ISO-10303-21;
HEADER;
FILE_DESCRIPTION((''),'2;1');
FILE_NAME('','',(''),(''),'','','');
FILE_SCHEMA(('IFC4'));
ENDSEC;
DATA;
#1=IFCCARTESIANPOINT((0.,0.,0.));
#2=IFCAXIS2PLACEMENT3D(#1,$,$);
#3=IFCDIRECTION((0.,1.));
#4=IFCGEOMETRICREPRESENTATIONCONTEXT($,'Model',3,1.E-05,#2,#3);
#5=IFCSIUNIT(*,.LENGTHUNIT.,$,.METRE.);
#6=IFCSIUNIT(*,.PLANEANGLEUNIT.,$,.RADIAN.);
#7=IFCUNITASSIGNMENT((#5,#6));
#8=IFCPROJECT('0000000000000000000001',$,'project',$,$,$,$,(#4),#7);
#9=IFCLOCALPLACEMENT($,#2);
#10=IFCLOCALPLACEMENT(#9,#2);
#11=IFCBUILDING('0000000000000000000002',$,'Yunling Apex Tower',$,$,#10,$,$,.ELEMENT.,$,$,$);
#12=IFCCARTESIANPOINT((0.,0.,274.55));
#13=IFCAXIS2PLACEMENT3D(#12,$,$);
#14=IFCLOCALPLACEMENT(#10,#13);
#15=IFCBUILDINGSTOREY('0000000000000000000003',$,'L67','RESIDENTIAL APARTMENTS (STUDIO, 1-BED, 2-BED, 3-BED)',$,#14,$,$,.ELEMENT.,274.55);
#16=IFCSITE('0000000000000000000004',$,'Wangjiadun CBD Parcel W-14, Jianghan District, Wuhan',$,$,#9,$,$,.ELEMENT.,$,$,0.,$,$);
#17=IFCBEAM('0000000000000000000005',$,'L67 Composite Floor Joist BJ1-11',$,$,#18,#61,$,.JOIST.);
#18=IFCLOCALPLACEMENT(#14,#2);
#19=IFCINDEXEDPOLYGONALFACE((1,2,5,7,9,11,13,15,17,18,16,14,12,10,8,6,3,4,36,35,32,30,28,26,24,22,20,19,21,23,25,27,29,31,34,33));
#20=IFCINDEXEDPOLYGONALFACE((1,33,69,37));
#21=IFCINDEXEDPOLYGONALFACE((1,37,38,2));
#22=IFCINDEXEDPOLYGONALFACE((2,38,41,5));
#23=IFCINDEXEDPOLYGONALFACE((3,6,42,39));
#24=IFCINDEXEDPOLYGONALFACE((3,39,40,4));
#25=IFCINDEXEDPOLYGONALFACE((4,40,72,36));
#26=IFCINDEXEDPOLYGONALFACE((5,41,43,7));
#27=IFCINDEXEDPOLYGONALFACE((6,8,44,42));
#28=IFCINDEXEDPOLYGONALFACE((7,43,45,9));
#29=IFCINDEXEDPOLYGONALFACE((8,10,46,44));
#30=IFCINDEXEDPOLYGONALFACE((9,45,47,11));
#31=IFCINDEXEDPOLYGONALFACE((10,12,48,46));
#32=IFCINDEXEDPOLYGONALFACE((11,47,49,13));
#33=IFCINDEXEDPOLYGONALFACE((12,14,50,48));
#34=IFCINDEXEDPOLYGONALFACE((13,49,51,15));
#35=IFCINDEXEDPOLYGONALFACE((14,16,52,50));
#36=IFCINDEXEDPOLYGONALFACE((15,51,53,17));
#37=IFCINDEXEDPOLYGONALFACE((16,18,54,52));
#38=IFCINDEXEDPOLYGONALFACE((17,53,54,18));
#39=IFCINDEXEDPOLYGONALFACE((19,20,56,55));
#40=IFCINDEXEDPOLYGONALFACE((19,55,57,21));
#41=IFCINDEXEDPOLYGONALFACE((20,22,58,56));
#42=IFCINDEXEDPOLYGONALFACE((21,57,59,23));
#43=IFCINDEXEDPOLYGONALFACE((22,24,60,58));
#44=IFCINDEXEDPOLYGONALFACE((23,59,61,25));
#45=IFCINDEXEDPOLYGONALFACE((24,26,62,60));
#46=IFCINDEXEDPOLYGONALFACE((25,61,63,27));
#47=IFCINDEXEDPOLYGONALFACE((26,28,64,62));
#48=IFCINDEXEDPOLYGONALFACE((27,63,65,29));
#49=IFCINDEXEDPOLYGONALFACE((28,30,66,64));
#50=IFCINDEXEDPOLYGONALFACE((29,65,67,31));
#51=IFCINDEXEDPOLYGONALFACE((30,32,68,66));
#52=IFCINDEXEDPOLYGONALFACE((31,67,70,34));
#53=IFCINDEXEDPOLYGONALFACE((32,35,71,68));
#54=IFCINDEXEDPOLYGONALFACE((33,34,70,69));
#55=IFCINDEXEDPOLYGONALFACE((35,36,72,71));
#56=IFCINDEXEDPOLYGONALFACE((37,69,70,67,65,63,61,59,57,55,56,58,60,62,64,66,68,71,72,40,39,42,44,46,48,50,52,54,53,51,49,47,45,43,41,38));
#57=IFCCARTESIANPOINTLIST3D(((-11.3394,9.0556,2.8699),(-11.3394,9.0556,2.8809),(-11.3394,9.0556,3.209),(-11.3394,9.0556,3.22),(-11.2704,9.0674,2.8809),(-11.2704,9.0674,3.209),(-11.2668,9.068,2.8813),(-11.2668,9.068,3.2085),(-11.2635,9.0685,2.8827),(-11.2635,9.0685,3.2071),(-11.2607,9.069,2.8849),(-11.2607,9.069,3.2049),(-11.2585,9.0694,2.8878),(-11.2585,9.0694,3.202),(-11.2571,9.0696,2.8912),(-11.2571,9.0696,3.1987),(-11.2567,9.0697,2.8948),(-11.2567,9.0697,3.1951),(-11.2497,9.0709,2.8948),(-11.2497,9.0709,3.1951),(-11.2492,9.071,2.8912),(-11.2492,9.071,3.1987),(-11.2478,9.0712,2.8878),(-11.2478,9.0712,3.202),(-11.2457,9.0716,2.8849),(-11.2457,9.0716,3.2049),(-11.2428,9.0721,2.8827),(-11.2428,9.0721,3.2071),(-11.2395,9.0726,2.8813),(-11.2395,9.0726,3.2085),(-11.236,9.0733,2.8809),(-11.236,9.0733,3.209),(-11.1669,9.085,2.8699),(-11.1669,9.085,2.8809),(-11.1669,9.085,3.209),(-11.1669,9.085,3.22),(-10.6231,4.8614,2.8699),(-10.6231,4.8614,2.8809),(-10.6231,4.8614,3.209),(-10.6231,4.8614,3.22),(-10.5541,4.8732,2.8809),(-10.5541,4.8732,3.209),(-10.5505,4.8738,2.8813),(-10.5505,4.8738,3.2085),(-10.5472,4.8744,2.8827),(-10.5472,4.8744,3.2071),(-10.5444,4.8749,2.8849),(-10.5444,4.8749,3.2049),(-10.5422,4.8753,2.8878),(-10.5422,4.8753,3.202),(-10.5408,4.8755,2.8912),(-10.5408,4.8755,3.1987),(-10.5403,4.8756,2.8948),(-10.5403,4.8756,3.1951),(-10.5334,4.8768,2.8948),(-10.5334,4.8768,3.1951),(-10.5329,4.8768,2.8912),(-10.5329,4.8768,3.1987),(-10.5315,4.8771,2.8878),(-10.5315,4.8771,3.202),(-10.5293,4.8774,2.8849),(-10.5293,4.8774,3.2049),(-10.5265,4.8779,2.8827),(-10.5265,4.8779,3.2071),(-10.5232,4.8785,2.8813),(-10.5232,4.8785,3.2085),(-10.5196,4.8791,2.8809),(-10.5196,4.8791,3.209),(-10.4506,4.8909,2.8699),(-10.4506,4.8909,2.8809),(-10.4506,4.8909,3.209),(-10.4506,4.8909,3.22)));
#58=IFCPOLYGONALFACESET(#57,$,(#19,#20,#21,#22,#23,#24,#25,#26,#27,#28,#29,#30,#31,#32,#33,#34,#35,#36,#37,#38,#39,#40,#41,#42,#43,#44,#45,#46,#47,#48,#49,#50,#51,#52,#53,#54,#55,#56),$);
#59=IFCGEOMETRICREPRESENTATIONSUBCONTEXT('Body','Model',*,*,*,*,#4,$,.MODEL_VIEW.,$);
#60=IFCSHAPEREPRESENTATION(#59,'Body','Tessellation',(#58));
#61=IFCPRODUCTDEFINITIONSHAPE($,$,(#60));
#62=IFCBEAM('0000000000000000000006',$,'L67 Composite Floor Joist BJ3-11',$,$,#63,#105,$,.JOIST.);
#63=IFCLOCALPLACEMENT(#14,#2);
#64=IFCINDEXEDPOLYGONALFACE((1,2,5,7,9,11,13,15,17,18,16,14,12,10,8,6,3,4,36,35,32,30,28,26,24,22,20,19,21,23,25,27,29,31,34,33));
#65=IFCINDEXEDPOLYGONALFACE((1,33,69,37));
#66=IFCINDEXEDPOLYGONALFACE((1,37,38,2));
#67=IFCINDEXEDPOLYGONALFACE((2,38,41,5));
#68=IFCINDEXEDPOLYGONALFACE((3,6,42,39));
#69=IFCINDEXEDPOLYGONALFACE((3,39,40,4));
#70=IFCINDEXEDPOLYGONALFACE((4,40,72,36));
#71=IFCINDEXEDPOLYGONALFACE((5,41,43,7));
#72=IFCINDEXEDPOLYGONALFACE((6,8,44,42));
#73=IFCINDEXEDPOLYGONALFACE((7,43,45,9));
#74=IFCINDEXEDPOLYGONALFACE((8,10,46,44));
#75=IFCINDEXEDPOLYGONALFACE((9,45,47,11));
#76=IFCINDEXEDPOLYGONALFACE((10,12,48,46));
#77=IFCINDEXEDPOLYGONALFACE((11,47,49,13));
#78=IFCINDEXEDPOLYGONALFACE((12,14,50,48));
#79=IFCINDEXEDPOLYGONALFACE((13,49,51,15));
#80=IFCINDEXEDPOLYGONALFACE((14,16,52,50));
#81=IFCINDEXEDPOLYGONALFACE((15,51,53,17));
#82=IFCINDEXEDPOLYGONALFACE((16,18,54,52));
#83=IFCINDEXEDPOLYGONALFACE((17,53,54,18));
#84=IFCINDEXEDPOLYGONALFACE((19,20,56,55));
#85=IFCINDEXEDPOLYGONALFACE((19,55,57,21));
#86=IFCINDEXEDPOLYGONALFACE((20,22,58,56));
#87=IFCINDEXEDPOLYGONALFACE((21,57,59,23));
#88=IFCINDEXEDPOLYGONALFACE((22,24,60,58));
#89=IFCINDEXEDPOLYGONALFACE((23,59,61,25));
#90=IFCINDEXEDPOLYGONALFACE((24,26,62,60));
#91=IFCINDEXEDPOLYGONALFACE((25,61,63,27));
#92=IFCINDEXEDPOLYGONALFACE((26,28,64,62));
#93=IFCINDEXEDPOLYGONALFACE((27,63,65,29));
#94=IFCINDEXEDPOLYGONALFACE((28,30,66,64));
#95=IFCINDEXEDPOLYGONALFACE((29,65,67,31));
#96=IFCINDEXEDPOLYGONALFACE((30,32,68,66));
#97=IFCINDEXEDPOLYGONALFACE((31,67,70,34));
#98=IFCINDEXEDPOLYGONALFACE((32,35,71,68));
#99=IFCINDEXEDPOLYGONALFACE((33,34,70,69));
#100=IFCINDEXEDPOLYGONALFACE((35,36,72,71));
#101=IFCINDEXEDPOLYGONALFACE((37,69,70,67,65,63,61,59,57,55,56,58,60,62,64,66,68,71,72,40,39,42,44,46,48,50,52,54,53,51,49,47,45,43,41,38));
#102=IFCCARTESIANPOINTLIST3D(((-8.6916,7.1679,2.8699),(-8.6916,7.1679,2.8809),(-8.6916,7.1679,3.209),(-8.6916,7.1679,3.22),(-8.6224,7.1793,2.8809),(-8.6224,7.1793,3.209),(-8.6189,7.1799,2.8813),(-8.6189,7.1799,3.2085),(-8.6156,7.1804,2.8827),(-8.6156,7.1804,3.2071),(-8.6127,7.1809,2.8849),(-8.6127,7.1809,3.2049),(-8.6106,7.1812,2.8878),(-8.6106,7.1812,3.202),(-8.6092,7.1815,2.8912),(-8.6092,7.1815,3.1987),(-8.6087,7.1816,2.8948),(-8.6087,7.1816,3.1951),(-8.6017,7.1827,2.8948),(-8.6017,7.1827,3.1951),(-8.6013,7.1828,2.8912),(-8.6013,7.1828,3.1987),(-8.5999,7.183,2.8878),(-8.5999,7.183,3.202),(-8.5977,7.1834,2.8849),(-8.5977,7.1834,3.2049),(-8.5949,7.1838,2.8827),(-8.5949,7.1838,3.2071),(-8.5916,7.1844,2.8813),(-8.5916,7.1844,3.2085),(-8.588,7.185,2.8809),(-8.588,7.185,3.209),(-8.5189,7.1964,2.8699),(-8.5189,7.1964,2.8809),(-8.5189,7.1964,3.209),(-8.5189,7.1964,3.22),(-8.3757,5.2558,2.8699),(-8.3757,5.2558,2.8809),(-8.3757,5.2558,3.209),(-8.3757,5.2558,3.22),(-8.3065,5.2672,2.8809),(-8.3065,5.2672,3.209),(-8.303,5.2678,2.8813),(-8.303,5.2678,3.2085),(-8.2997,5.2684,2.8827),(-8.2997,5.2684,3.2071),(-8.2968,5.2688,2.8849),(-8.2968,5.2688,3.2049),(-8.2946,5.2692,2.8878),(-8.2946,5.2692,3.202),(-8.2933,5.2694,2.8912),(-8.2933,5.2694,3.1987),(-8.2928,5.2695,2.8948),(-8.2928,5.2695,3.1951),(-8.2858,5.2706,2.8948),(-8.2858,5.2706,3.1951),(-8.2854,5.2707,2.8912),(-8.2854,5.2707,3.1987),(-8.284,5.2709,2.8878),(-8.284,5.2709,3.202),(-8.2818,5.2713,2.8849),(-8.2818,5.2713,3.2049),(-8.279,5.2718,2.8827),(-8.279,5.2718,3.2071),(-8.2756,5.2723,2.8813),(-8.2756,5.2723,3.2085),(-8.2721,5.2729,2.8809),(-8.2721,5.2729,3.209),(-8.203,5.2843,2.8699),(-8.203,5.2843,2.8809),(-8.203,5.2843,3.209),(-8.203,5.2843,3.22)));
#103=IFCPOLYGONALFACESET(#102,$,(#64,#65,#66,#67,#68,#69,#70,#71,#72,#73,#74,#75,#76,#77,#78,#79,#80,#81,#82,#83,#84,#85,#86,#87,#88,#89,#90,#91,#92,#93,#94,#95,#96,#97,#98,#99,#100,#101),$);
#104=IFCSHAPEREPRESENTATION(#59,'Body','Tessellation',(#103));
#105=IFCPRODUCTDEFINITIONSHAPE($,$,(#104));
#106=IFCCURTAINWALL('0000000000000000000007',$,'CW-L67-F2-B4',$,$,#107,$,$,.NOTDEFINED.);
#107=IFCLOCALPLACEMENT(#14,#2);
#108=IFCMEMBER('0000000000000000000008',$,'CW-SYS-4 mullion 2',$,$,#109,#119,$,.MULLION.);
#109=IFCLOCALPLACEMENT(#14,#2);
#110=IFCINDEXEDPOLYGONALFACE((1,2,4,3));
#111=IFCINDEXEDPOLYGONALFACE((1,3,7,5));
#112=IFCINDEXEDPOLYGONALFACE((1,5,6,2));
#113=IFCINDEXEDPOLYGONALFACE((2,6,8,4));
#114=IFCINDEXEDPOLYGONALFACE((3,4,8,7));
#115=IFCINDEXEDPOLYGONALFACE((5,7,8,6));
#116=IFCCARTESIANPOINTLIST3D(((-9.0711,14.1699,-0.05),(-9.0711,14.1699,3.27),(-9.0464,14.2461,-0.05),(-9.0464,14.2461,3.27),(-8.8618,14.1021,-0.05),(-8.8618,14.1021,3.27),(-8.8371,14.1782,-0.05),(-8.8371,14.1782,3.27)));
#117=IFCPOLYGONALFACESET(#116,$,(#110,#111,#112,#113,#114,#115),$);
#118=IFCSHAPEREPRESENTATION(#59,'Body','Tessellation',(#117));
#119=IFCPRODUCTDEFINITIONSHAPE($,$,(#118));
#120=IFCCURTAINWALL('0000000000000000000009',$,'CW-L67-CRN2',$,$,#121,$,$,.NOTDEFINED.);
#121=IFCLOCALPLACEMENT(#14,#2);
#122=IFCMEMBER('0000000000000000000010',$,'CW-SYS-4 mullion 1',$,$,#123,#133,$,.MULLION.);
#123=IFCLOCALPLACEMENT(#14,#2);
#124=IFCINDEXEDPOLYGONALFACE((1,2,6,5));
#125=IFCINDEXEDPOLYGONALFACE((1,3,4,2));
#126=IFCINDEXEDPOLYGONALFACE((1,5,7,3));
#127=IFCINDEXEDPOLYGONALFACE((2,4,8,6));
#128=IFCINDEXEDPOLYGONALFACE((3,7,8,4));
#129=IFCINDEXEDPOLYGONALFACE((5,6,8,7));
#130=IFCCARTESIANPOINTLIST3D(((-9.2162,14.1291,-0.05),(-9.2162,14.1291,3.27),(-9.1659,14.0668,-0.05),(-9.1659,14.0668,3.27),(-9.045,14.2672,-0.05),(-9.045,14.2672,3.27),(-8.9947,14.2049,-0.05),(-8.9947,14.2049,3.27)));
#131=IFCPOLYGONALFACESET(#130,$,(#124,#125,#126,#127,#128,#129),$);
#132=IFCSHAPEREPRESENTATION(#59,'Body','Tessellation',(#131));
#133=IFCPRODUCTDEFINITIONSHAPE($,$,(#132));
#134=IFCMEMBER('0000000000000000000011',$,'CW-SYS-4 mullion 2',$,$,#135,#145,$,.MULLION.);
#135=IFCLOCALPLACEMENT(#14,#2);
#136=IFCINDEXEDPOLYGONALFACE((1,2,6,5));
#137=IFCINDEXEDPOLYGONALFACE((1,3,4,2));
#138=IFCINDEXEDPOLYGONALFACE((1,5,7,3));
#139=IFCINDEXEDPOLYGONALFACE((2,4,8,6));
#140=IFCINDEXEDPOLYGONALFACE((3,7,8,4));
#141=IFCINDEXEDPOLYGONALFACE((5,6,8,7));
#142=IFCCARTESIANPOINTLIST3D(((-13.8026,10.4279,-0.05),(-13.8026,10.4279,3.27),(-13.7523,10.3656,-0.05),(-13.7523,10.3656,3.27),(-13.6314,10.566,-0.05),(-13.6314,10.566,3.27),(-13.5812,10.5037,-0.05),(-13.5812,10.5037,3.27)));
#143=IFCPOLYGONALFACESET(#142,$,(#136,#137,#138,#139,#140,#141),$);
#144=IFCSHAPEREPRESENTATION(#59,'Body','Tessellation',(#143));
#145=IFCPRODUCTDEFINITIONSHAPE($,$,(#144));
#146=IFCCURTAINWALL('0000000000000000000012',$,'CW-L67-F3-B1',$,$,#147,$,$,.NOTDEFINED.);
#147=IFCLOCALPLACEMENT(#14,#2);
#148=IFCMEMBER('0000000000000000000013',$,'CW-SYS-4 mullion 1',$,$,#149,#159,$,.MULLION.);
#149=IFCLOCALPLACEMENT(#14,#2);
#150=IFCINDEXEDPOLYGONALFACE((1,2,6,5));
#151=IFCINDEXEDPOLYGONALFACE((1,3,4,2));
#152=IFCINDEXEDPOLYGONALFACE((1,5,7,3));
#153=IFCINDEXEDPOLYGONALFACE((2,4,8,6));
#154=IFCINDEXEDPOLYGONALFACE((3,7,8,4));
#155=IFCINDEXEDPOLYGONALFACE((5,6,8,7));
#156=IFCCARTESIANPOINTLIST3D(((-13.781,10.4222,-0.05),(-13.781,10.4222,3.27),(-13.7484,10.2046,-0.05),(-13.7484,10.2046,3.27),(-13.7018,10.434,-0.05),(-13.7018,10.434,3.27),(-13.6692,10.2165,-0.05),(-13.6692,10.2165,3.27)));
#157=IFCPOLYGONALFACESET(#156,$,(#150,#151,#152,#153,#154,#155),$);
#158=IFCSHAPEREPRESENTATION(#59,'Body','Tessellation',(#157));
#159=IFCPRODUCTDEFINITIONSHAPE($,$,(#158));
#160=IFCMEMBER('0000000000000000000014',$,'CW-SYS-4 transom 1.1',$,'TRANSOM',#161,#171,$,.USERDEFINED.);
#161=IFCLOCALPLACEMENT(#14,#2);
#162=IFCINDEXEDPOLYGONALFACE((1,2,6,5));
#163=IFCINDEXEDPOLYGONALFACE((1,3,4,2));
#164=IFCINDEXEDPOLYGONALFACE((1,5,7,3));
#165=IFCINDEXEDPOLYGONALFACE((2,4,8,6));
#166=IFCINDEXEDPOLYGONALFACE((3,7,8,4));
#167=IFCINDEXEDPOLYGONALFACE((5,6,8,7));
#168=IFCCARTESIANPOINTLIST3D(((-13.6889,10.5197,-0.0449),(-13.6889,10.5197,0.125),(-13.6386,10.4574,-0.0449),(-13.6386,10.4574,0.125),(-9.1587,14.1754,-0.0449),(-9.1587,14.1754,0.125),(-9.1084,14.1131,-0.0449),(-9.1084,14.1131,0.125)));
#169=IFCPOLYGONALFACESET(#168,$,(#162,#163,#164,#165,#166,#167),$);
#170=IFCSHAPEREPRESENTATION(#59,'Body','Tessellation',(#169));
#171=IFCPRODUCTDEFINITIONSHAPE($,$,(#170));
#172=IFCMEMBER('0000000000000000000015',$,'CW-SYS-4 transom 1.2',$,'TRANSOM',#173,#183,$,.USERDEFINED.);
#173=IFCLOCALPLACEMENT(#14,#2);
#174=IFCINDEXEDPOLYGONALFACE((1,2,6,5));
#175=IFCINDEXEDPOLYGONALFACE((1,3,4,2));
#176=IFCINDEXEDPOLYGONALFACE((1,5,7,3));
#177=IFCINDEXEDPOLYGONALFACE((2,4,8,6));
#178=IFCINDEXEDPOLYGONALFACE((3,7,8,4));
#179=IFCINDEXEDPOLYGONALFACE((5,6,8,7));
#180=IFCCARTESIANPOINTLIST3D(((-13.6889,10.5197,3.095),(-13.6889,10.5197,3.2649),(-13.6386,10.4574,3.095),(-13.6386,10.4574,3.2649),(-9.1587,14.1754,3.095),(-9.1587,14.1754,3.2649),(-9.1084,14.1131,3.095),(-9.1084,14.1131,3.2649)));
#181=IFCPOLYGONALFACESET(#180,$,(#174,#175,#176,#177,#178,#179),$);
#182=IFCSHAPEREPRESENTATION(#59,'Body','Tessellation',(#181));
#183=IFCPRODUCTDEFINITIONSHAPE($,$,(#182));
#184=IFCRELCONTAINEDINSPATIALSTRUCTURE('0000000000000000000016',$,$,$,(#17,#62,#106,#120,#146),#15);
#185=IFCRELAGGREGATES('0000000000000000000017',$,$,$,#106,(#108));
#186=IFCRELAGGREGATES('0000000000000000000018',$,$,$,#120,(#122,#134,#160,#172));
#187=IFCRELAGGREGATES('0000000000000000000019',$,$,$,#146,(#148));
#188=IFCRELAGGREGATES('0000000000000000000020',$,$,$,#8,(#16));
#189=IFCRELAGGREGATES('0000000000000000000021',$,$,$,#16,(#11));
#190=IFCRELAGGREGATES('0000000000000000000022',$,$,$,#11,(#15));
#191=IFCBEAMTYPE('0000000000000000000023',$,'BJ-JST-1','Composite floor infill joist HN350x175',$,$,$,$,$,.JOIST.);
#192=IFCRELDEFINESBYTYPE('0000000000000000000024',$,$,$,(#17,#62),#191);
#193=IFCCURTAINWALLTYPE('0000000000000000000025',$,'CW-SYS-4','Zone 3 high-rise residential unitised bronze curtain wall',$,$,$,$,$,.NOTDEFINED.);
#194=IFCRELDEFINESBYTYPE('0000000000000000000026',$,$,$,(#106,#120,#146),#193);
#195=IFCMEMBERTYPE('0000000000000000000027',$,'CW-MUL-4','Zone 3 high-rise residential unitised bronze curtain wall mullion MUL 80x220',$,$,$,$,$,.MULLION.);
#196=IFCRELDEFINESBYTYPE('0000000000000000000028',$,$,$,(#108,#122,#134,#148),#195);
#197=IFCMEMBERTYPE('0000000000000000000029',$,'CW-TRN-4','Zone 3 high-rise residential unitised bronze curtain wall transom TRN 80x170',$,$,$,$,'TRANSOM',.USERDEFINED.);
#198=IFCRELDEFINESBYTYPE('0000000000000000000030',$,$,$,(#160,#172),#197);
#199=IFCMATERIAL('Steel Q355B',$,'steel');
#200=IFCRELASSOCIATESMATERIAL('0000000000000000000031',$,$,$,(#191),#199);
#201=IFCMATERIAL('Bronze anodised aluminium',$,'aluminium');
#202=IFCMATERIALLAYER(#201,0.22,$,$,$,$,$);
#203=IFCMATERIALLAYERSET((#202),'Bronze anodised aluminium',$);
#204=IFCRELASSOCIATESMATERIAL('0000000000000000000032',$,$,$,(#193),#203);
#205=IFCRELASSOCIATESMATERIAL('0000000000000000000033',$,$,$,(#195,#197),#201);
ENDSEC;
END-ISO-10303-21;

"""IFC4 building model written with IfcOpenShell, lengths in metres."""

from ifc_helpers import new_model, si_unit, direction, frame, origin, origin_2d, place, context, subcontext, project, spatial, rectangle, i_section, extrude, source, transform, mapped, material, layer, layer_set, material_profile, profile_set, type_object, element, aggregate, save


model = new_model("IFC4")

# Units and contexts
model_context = context("Model", 3, precision=1e-05, world=origin(), true_north=direction((0.0, 1.0)))
body_context = subcontext(model_context, "Body", "Model", "MODEL_VIEW")
ifc_project = project(units=[si_unit("LENGTHUNIT", "METRE"), si_unit("PLANEANGLEUNIT", "RADIAN")], contexts=[model_context])

# Site, building, storey
site_placement = place(None, origin())
site = spatial("IfcSite", under=ifc_project, at=site_placement, Name="Wangjiadun CBD Parcel W-14, Jianghan District, Wuhan", CompositionType="ELEMENT", RefElevation=0.0)
building_placement = place(site_placement, origin())
building = spatial("IfcBuilding", under=site, at=building_placement, Name="Yunling Apex Tower", CompositionType="ELEMENT")
storey_placement = place(building_placement, frame((0.0, 0.0, 274.55)))
storey = spatial("IfcBuildingStorey", under=building, at=storey_placement, Name="L67", Description="RESIDENTIAL APARTMENTS (STUDIO, 1-BED, 2-BED, 3-BED)", CompositionType="ELEMENT", Elevation=274.55)

# Shared definitions
ifc_material_1 = material(Name="Steel Q355B", Category="steel")

# Beams
ifc_material_profile_1 = material_profile(ifc_material_1, i_section(OverallWidth=0.175, OverallDepth=0.3501, WebThickness=0.0071, FlangeThickness=0.011, FilletRadius=0.0139, at=origin_2d()))
ifc_profile_set_1 = profile_set([ifc_material_profile_1], Name="Steel Q355B")
beam_type_1 = type_object("IfcBeamType", Name="BJ-JST-1", Description="Composite floor infill joist HN350x175", PredefinedType="JOIST", material=ifc_profile_set_1)
shared_shape_1 = source(origin(), body_context, "Body", "SweptSolid", [
    extrude(i_section(OverallWidth=0.175, OverallDepth=0.3501, WebThickness=0.0071, FlangeThickness=0.011, FilletRadius=0.0139, at=origin_2d()), origin(), (0.0, 0.0, 1.0), 4.2549),
])
beam_1_placement = place(storey_placement, frame((-11.2532, 9.0703, 3.0449), z_axis=(0.168352, -0.985727, 0.0), x_axis=(0.985727, 0.168352, 0.0)))
element("IfcBeam", 1, at=beam_1_placement, inside=storey, type_object=beam_type_1, Name="L67 Composite Floor Joist BJ1-11", PredefinedType="JOIST", context=body_context, shape_type="MappedRepresentation", body=[
    mapped(shared_shape_1, transform((0.0, 0.0, 0.0), scale=1.0)),
])
shared_shape_2 = source(origin(), body_context, "Body", "SweptSolid", [
    extrude(i_section(OverallWidth=0.175, OverallDepth=0.3501, WebThickness=0.0071, FlangeThickness=0.011, FilletRadius=0.0139, at=origin_2d()), origin(), (0.0, 0.0, 1.0), 1.938),
])
beam_2_placement = place(storey_placement, frame((-8.6052, 7.1821, 3.0449), z_axis=(0.16301, -0.986624, 0.0), x_axis=(0.986624, 0.16301, 0.0)))
element("IfcBeam", 2, at=beam_2_placement, inside=storey, type_object=beam_type_1, Name="L67 Composite Floor Joist BJ3-11", PredefinedType="JOIST", context=body_context, shape_type="MappedRepresentation", body=[
    mapped(shared_shape_2, transform((0.0, 0.0, 0.0), scale=1.0)),
])

# Curtain wall, member
ifc_material_2 = material(Name="Bronze anodised aluminium", Category="aluminium")
ifc_layer_1 = layer(ifc_material_2, 0.22)
ifc_layer_set_1 = layer_set([ifc_layer_1], Name="Bronze anodised aluminium")
curtain_wall_type = type_object("IfcCurtainWallType", Name="CW-SYS-4", Description="Zone 3 high-rise residential unitised bronze curtain wall", PredefinedType="NOTDEFINED", material=ifc_layer_set_1)
curtain_wall_1_placement = place(storey_placement, origin())
curtain_wall_1 = element("IfcCurtainWall", 3, at=curtain_wall_1_placement, inside=storey, type_object=curtain_wall_type, Name="CW-L67-F2-B4", PredefinedType="NOTDEFINED")
ifc_material_profile_2 = material_profile(ifc_material_2, rectangle(XDim=0.0801, YDim=0.22, at=origin_2d()))
ifc_profile_set_2 = profile_set([ifc_material_profile_2], Name="Bronze anodised aluminium")
member_type_1 = type_object("IfcMemberType", Name="CW-MUL-4", Description="Zone 3 high-rise residential unitised bronze curtain wall mullion MUL 80x220", PredefinedType="MULLION", material=ifc_profile_set_2)
shared_shape_3 = source(origin(), body_context, "Body", "SweptSolid", [
    extrude(rectangle(XDim=0.0801, YDim=0.22, at=origin_2d()), origin(), (0.0, 0.0, 1.0), 3.3201),
])
member_1_placement = place(storey_placement, frame((-8.9541, 14.1741, -0.05), z_axis=(0.0, 0.0, 1.0), x_axis=(-0.308353, -0.951272, 0.0)))
member_1 = element("IfcMember", 4, at=member_1_placement, type_object=member_type_1, Name="CW-SYS-4 mullion 2", PredefinedType="MULLION", context=body_context, shape_type="MappedRepresentation", body=[
    mapped(shared_shape_3, transform((0.0, 0.0, 0.0), scale=1.0)),
])

# Curtain wall, members
curtain_wall_2_placement = place(storey_placement, origin())
curtain_wall_2 = element("IfcCurtainWall", 5, at=curtain_wall_2_placement, inside=storey, type_object=curtain_wall_type, Name="CW-L67-CRN2", PredefinedType="NOTDEFINED")
member_2_placement = place(storey_placement, frame((-9.1055, 14.167, -0.05), z_axis=(0.0, 0.0, 1.0), x_axis=(0.627989, -0.778222, 0.0)))
member_2 = element("IfcMember", 6, at=member_2_placement, type_object=member_type_1, Name="CW-SYS-4 mullion 1", PredefinedType="MULLION", context=body_context, shape_type="MappedRepresentation", body=[
    mapped(shared_shape_3, transform((0.0, 0.0, 0.0), scale=1.0)),
])
member_3_placement = place(storey_placement, frame((-13.6919, 10.4658, -0.05), z_axis=(0.0, 0.0, 1.0), x_axis=(0.627989, -0.778222, 0.0)))
member_3 = element("IfcMember", 7, at=member_3_placement, type_object=member_type_1, Name="CW-SYS-4 mullion 2", PredefinedType="MULLION", context=body_context, shape_type="MappedRepresentation", body=[
    mapped(shared_shape_3, transform((0.0, 0.0, 0.0), scale=1.0)),
])

# Curtain wall, member
curtain_wall_3_placement = place(storey_placement, origin())
curtain_wall_3 = element("IfcCurtainWall", 8, at=curtain_wall_3_placement, inside=storey, type_object=curtain_wall_type, Name="CW-L67-F3-B1", PredefinedType="NOTDEFINED")
member_4_placement = place(storey_placement, frame((-13.7251, 10.3193, -0.05), z_axis=(0.0, 0.0, 1.0), x_axis=(0.989016, 0.147807, 0.0)))
member_4 = element("IfcMember", 9, at=member_4_placement, type_object=member_type_1, Name="CW-SYS-4 mullion 1", PredefinedType="MULLION", context=body_context, shape_type="MappedRepresentation", body=[
    mapped(shared_shape_3, transform((0.0, 0.0, 0.0), scale=1.0)),
])

# Members
ifc_material_profile_3 = material_profile(ifc_material_2, rectangle(XDim=0.0801, YDim=0.1699, at=origin_2d()))
ifc_profile_set_3 = profile_set([ifc_material_profile_3], Name="Bronze anodised aluminium")
member_type_2 = type_object("IfcMemberType", Name="CW-TRN-4", Description="Zone 3 high-rise residential unitised bronze curtain wall transom TRN 80x170", ElementType="TRANSOM", PredefinedType="USERDEFINED", material=ifc_profile_set_3)
shared_shape_4 = source(origin(), body_context, "Body", "SweptSolid", [
    extrude(rectangle(XDim=0.0801, YDim=0.1699, at=origin_2d()), origin(), (0.0, 0.0, 1.0), 5.8213),
])
member_5_placement = place(storey_placement, frame((-9.1335, 14.1443, 0.04), z_axis=(-0.778219, -0.627993, 0.0), x_axis=(0.627993, -0.778219, 0.0)))
member_5 = element("IfcMember", 10, at=member_5_placement, type_object=member_type_2, Name="CW-SYS-4 transom 1.1", ObjectType="TRANSOM", PredefinedType="USERDEFINED", context=body_context, shape_type="MappedRepresentation", body=[
    mapped(shared_shape_4, transform((0.0, 0.0, 0.0), scale=1.0)),
])
member_6_placement = place(storey_placement, frame((-9.1335, 14.1443, 3.1799), z_axis=(-0.778219, -0.627993, 0.0), x_axis=(0.627993, -0.778219, 0.0)))
member_6 = element("IfcMember", 11, at=member_6_placement, type_object=member_type_2, Name="CW-SYS-4 transom 1.2", ObjectType="TRANSOM", PredefinedType="USERDEFINED", context=body_context, shape_type="MappedRepresentation", body=[
    mapped(shared_shape_4, transform((0.0, 0.0, 0.0), scale=1.0)),
])

aggregate(curtain_wall_1, [member_1])
aggregate(curtain_wall_2, [member_2, member_3, member_5, member_6])
aggregate(curtain_wall_3, [member_4])

save(model, "model.ifc")
